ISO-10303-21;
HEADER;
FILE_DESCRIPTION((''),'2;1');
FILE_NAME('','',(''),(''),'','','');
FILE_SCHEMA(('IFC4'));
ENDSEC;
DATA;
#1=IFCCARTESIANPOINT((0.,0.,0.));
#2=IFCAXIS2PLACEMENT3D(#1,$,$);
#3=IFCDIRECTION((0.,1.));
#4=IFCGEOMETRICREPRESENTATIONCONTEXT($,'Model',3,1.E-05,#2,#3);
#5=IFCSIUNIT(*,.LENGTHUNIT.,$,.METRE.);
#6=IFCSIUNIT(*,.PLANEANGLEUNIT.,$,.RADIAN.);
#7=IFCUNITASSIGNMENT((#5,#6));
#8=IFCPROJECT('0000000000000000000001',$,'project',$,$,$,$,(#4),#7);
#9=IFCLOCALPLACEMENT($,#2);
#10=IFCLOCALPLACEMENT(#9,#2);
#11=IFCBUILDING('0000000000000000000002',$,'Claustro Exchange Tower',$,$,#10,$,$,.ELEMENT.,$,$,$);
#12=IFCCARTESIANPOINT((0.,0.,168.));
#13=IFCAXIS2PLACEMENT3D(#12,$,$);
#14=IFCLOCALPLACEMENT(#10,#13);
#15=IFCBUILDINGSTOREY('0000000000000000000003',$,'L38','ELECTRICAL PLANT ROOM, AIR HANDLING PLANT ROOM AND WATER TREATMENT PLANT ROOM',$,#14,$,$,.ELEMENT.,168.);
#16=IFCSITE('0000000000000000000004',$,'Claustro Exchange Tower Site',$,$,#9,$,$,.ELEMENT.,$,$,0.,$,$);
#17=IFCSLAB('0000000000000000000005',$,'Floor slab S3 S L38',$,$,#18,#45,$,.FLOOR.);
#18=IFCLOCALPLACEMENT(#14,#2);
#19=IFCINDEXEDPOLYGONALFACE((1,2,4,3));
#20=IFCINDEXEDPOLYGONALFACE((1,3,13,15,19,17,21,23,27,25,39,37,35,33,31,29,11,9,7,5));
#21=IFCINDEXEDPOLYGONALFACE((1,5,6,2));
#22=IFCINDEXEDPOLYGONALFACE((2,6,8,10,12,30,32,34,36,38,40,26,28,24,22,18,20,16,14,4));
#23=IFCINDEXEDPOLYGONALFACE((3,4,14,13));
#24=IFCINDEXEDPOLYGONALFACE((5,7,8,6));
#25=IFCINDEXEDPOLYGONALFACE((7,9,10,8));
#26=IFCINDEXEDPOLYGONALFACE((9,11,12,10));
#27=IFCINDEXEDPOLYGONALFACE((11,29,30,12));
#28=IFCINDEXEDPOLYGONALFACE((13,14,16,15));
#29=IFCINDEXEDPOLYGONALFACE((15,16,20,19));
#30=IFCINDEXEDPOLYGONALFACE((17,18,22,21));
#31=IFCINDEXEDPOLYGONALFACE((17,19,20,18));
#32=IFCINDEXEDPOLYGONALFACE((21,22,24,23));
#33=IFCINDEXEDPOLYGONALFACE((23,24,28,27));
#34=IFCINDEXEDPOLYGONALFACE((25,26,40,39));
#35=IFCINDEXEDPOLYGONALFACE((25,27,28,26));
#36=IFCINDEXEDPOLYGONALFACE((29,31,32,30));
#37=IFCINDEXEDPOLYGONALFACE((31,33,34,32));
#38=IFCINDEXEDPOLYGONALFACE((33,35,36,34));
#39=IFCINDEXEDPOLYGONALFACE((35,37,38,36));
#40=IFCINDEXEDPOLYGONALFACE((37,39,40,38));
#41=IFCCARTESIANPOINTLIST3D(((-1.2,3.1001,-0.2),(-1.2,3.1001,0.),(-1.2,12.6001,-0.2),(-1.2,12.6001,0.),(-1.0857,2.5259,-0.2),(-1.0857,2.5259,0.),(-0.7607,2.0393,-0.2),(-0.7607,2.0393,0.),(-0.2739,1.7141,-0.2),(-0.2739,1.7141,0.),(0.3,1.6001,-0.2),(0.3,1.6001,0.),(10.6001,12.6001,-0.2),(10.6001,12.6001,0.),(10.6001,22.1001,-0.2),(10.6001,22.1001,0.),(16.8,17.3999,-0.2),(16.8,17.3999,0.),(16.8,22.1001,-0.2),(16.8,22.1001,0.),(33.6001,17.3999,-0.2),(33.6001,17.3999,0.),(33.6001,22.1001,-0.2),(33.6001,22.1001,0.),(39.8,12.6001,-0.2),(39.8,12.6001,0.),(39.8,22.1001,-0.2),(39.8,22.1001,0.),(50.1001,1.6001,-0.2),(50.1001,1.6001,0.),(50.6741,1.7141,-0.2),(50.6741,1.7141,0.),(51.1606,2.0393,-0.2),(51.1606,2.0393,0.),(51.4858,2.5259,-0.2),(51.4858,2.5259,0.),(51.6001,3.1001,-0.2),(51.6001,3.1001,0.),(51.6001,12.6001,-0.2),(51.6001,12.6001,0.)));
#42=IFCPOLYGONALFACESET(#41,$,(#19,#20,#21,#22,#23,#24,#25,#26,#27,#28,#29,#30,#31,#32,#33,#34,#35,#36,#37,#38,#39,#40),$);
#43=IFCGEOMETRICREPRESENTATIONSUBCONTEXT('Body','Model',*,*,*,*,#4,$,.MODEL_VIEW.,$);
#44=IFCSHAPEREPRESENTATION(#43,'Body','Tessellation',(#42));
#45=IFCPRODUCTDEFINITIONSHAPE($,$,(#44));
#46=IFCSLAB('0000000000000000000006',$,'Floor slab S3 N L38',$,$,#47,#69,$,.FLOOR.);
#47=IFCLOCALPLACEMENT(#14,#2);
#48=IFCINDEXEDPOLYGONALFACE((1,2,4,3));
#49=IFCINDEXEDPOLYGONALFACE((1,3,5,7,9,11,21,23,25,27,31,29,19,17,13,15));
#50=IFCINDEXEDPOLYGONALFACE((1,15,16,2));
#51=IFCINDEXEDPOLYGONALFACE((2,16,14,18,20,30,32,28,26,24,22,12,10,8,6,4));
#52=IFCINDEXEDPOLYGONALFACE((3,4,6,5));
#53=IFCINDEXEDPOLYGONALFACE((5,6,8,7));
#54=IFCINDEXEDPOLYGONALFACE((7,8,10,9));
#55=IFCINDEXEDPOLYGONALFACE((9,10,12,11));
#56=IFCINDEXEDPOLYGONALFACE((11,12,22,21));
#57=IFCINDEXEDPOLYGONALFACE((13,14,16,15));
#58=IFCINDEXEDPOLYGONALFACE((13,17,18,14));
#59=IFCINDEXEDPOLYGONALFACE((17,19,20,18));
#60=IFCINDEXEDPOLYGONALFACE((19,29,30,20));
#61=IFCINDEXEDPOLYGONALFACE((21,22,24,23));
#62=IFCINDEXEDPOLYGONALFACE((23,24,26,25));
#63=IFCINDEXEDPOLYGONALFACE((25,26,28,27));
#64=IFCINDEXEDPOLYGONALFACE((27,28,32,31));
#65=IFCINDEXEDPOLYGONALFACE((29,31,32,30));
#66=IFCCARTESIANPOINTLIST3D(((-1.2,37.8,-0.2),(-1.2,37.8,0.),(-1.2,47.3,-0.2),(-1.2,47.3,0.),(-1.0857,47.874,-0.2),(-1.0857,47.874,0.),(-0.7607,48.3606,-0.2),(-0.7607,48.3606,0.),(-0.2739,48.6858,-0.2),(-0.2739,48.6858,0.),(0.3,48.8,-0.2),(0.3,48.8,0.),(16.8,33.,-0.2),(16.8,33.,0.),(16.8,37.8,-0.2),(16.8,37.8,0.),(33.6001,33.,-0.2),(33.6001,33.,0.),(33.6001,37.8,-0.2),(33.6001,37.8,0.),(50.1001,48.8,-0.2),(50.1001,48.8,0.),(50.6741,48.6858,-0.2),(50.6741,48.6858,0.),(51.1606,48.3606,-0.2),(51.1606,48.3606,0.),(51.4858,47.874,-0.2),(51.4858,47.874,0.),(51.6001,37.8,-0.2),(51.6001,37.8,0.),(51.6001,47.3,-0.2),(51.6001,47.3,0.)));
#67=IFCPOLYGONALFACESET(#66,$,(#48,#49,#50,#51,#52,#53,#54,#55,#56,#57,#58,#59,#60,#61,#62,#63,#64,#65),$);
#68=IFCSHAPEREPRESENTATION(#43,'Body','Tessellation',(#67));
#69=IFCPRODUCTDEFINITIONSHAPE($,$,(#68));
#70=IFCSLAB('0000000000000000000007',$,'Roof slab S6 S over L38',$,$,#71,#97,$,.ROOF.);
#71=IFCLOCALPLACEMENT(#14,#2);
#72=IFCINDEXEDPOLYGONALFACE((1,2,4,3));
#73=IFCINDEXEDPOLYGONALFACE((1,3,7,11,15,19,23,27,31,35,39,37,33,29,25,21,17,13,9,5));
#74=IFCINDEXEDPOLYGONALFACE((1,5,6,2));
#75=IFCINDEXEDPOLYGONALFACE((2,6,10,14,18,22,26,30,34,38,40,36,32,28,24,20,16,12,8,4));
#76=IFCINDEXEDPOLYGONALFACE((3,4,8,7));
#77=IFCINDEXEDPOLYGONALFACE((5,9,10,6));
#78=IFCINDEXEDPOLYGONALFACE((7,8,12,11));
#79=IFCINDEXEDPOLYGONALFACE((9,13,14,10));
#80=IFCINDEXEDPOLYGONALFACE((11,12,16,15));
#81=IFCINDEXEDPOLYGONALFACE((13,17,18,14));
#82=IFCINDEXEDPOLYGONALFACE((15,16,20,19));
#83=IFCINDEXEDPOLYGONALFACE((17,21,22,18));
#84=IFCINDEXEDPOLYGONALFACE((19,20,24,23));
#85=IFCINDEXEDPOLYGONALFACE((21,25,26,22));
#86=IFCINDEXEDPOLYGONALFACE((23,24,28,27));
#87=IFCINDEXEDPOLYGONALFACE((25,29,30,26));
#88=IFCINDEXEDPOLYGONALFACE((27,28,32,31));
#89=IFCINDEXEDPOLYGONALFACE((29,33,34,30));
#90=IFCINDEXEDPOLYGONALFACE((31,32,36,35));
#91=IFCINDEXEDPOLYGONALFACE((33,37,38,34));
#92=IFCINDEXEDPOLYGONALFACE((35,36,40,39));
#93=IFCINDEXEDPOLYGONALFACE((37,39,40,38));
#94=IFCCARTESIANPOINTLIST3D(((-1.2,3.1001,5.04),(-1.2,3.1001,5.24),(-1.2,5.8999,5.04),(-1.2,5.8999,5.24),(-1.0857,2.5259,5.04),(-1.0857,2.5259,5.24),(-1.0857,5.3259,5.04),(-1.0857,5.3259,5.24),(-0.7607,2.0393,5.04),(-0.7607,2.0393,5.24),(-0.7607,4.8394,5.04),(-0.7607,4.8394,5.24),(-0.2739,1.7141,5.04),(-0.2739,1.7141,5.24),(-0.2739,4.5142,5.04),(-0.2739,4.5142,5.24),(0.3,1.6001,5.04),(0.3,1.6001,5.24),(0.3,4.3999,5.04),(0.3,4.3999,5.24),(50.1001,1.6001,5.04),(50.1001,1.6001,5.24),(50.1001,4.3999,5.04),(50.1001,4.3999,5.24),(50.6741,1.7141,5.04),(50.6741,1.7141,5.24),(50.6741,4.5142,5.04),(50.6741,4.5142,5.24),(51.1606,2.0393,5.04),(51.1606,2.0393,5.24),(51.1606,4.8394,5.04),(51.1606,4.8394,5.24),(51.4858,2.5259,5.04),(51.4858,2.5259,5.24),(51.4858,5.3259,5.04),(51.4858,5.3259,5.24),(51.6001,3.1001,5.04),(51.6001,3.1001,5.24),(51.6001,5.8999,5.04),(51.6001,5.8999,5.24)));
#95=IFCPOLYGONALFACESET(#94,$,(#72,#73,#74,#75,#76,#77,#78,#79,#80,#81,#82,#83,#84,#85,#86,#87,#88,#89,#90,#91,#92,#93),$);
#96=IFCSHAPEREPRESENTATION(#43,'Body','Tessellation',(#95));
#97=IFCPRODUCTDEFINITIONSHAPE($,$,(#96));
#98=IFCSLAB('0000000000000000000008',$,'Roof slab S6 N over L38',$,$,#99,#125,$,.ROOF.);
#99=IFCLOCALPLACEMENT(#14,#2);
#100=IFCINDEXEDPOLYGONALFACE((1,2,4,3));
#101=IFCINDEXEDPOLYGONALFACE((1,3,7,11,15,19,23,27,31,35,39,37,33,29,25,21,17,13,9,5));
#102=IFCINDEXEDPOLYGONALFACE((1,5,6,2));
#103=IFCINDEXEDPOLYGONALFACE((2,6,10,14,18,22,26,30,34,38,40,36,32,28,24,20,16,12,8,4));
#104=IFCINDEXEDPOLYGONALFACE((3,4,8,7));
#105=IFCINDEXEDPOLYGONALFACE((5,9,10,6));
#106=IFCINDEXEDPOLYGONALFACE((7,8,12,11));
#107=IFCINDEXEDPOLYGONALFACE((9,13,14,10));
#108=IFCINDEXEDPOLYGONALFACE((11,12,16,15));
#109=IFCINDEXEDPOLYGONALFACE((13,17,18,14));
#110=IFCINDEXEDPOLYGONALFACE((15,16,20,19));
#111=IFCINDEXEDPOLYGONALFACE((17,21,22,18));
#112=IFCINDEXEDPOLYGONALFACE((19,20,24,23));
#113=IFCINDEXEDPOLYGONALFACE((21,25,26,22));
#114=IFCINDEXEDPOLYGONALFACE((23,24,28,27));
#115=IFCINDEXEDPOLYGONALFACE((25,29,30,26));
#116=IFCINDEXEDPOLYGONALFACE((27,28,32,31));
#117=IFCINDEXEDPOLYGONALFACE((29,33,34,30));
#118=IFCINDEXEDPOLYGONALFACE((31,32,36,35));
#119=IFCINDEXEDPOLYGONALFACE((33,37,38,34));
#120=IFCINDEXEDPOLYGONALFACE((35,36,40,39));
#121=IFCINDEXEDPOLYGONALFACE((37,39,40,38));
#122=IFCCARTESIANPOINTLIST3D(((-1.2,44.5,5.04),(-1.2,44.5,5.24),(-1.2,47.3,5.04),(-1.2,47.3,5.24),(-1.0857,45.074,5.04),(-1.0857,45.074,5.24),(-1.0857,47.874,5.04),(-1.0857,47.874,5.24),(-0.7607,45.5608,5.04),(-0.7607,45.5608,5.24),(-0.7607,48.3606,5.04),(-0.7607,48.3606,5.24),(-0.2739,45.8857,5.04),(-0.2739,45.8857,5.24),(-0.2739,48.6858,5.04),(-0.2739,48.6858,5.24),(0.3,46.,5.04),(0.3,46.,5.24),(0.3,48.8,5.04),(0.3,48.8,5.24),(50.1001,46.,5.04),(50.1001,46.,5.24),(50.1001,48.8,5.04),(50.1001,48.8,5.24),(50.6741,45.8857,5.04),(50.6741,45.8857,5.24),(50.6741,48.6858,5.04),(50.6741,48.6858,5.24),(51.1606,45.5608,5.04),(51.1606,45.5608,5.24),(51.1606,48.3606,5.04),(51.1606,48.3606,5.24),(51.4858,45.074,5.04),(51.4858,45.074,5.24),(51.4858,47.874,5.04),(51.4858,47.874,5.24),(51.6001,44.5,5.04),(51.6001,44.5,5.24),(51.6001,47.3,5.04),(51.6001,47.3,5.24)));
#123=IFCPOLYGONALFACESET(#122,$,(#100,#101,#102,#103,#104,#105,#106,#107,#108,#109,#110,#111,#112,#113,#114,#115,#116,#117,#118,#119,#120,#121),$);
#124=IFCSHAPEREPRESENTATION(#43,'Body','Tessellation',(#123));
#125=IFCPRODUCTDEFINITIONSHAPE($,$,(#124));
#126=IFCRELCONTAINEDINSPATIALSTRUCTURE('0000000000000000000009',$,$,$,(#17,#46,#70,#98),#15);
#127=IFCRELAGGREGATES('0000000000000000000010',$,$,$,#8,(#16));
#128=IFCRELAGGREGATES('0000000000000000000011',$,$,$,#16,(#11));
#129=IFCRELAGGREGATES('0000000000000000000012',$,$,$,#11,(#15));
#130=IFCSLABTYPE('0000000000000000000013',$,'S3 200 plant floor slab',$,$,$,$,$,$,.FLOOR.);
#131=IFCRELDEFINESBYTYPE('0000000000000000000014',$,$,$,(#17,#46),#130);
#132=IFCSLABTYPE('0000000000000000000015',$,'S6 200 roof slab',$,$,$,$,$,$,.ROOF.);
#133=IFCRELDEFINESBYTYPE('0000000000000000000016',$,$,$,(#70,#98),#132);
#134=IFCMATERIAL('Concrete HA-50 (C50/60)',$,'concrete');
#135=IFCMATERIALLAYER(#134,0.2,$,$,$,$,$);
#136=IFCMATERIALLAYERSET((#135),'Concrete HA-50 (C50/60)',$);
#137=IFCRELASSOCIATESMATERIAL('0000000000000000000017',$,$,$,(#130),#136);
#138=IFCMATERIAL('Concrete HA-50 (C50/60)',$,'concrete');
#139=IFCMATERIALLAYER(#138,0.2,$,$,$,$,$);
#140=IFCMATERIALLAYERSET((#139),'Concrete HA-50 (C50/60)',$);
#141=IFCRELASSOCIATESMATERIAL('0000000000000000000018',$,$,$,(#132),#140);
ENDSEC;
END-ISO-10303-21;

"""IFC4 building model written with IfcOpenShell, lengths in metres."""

from ifc_helpers import new_model, si_unit, direction, frame, origin, place, context, subcontext, project, spatial, polyline, outline, extrude, material, layer, layer_set, type_object, element, save


model = new_model("IFC4")

# Units and contexts
model_context = context("Model", 3, precision=1e-05, world=origin(), true_north=direction((0.0, 1.0)))
body_context = subcontext(model_context, "Body", "Model", "MODEL_VIEW")
ifc_project = project(units=[si_unit("LENGTHUNIT", "METRE"), si_unit("PLANEANGLEUNIT", "RADIAN")], contexts=[model_context])

# Site, building, storey
site_placement = place(None, origin())
site = spatial("IfcSite", under=ifc_project, at=site_placement, Name="Claustro Exchange Tower Site", CompositionType="ELEMENT", RefElevation=0.0)
building_placement = place(site_placement, origin())
building = spatial("IfcBuilding", under=site, at=building_placement, Name="Claustro Exchange Tower", CompositionType="ELEMENT")
storey_placement = place(building_placement, frame((0.0, 0.0, 168.0)))
storey = spatial("IfcBuildingStorey", under=building, at=storey_placement, Name="L38", Description="ELECTRICAL PLANT ROOM, AIR HANDLING PLANT ROOM AND WATER TREATMENT PLANT ROOM", CompositionType="ELEMENT", Elevation=168.0)

# Slabs
ifc_material_1 = material(Name="Concrete HA-50 (C50/60)", Category="concrete")
ifc_layer_1 = layer(ifc_material_1, 0.2)
ifc_layer_set_1 = layer_set([ifc_layer_1], Name="Concrete HA-50 (C50/60)")
slab_type_1 = type_object("IfcSlabType", Name="S3 200 plant floor slab", PredefinedType="FLOOR", material=ifc_layer_set_1)
slab_1_placement = place(storey_placement, frame((0.0, 0.0, -0.2)))
element("IfcSlab", 1, at=slab_1_placement, inside=storey, type_object=slab_type_1, Name="Floor slab S3 S L38", PredefinedType="FLOOR", context=body_context, shape_type="SweptSolid", body=[
    extrude(outline(polyline([(-0.2739, 1.7141), (0.3, 1.6001), (50.1001, 1.6001), (50.6741, 1.7141), (51.1606, 2.0393), (51.4858, 2.5259), (51.6001, 3.1001), (51.6001, 12.6001), (39.8, 12.6001), (39.8, 22.1001), (33.6001, 22.1001), (33.6001, 17.3999), (16.8, 17.3999), (16.8, 22.1001), (10.6001, 22.1001), (10.6001, 12.6001), (-1.2, 12.6001), (-1.2, 3.1001), (-1.0857, 2.5259), (-0.7607, 2.0393), (-0.2739, 1.7141)])), origin(), (0.0, 0.0, 1.0), 0.2),
])
slab_2_placement = place(storey_placement, frame((0.0, 0.0, -0.2)))
element("IfcSlab", 2, at=slab_2_placement, inside=storey, type_object=slab_type_1, Name="Floor slab S3 N L38", PredefinedType="FLOOR", context=body_context, shape_type="SweptSolid", body=[
    extrude(outline(polyline([(16.8, 37.8), (16.8, 33.0), (33.6001, 33.0), (33.6001, 37.8), (51.6001, 37.8), (51.6001, 47.3), (51.4858, 47.874), (51.1606, 48.3606), (50.6741, 48.6858), (50.1001, 48.8), (0.3, 48.8), (-0.2739, 48.6858), (-0.7607, 48.3606), (-1.0857, 47.874), (-1.2, 47.3), (-1.2, 37.8), (16.8, 37.8)])), origin(), (0.0, 0.0, 1.0), 0.2),
])
ifc_material_2 = material(Name="Concrete HA-50 (C50/60)", Category="concrete")
ifc_layer_2 = layer(ifc_material_2, 0.2)
ifc_layer_set_2 = layer_set([ifc_layer_2], Name="Concrete HA-50 (C50/60)")
slab_type_2 = type_object("IfcSlabType", Name="S6 200 roof slab", PredefinedType="ROOF", material=ifc_layer_set_2)
slab_3_placement = place(storey_placement, frame((0.0, 0.0, 5.04)))
element("IfcSlab", 3, at=slab_3_placement, inside=storey, type_object=slab_type_2, Name="Roof slab S6 S over L38", PredefinedType="ROOF", context=body_context, shape_type="SweptSolid", body=[
    extrude(outline(polyline([(-0.2739, 1.7141), (0.3, 1.6001), (50.1001, 1.6001), (50.6741, 1.7141), (51.1606, 2.0393), (51.4858, 2.5259), (51.6001, 3.1001), (51.6001, 5.8999), (51.4858, 5.3259), (51.1606, 4.8394), (50.6741, 4.5142), (50.1001, 4.3999), (0.3, 4.3999), (-0.2739, 4.5142), (-0.7607, 4.8394), (-1.0857, 5.3259), (-1.2, 5.8999), (-1.2, 3.1001), (-1.0857, 2.5259), (-0.7607, 2.0393), (-0.2739, 1.7141)])), origin(), (0.0, 0.0, 1.0), 0.2),
])
slab_4_placement = place(storey_placement, frame((0.0, 0.0, 5.04)))
element("IfcSlab", 4, at=slab_4_placement, inside=storey, type_object=slab_type_2, Name="Roof slab S6 N over L38", PredefinedType="ROOF", context=body_context, shape_type="SweptSolid", body=[
    extrude(outline(polyline([(-1.0857, 47.874), (-1.2, 47.3), (-1.2, 44.5), (-1.0857, 45.074), (-0.7607, 45.5608), (-0.2739, 45.8857), (0.3, 46.0), (50.1001, 46.0), (50.6741, 45.8857), (51.1606, 45.5608), (51.4858, 45.074), (51.6001, 44.5), (51.6001, 47.3), (51.4858, 47.874), (51.1606, 48.3606), (50.6741, 48.6858), (50.1001, 48.8), (0.3, 48.8), (-0.2739, 48.6858), (-0.7607, 48.3606), (-1.0857, 47.874)])), origin(), (0.0, 0.0, 1.0), 0.2),
])

save(model, "model.ifc")
